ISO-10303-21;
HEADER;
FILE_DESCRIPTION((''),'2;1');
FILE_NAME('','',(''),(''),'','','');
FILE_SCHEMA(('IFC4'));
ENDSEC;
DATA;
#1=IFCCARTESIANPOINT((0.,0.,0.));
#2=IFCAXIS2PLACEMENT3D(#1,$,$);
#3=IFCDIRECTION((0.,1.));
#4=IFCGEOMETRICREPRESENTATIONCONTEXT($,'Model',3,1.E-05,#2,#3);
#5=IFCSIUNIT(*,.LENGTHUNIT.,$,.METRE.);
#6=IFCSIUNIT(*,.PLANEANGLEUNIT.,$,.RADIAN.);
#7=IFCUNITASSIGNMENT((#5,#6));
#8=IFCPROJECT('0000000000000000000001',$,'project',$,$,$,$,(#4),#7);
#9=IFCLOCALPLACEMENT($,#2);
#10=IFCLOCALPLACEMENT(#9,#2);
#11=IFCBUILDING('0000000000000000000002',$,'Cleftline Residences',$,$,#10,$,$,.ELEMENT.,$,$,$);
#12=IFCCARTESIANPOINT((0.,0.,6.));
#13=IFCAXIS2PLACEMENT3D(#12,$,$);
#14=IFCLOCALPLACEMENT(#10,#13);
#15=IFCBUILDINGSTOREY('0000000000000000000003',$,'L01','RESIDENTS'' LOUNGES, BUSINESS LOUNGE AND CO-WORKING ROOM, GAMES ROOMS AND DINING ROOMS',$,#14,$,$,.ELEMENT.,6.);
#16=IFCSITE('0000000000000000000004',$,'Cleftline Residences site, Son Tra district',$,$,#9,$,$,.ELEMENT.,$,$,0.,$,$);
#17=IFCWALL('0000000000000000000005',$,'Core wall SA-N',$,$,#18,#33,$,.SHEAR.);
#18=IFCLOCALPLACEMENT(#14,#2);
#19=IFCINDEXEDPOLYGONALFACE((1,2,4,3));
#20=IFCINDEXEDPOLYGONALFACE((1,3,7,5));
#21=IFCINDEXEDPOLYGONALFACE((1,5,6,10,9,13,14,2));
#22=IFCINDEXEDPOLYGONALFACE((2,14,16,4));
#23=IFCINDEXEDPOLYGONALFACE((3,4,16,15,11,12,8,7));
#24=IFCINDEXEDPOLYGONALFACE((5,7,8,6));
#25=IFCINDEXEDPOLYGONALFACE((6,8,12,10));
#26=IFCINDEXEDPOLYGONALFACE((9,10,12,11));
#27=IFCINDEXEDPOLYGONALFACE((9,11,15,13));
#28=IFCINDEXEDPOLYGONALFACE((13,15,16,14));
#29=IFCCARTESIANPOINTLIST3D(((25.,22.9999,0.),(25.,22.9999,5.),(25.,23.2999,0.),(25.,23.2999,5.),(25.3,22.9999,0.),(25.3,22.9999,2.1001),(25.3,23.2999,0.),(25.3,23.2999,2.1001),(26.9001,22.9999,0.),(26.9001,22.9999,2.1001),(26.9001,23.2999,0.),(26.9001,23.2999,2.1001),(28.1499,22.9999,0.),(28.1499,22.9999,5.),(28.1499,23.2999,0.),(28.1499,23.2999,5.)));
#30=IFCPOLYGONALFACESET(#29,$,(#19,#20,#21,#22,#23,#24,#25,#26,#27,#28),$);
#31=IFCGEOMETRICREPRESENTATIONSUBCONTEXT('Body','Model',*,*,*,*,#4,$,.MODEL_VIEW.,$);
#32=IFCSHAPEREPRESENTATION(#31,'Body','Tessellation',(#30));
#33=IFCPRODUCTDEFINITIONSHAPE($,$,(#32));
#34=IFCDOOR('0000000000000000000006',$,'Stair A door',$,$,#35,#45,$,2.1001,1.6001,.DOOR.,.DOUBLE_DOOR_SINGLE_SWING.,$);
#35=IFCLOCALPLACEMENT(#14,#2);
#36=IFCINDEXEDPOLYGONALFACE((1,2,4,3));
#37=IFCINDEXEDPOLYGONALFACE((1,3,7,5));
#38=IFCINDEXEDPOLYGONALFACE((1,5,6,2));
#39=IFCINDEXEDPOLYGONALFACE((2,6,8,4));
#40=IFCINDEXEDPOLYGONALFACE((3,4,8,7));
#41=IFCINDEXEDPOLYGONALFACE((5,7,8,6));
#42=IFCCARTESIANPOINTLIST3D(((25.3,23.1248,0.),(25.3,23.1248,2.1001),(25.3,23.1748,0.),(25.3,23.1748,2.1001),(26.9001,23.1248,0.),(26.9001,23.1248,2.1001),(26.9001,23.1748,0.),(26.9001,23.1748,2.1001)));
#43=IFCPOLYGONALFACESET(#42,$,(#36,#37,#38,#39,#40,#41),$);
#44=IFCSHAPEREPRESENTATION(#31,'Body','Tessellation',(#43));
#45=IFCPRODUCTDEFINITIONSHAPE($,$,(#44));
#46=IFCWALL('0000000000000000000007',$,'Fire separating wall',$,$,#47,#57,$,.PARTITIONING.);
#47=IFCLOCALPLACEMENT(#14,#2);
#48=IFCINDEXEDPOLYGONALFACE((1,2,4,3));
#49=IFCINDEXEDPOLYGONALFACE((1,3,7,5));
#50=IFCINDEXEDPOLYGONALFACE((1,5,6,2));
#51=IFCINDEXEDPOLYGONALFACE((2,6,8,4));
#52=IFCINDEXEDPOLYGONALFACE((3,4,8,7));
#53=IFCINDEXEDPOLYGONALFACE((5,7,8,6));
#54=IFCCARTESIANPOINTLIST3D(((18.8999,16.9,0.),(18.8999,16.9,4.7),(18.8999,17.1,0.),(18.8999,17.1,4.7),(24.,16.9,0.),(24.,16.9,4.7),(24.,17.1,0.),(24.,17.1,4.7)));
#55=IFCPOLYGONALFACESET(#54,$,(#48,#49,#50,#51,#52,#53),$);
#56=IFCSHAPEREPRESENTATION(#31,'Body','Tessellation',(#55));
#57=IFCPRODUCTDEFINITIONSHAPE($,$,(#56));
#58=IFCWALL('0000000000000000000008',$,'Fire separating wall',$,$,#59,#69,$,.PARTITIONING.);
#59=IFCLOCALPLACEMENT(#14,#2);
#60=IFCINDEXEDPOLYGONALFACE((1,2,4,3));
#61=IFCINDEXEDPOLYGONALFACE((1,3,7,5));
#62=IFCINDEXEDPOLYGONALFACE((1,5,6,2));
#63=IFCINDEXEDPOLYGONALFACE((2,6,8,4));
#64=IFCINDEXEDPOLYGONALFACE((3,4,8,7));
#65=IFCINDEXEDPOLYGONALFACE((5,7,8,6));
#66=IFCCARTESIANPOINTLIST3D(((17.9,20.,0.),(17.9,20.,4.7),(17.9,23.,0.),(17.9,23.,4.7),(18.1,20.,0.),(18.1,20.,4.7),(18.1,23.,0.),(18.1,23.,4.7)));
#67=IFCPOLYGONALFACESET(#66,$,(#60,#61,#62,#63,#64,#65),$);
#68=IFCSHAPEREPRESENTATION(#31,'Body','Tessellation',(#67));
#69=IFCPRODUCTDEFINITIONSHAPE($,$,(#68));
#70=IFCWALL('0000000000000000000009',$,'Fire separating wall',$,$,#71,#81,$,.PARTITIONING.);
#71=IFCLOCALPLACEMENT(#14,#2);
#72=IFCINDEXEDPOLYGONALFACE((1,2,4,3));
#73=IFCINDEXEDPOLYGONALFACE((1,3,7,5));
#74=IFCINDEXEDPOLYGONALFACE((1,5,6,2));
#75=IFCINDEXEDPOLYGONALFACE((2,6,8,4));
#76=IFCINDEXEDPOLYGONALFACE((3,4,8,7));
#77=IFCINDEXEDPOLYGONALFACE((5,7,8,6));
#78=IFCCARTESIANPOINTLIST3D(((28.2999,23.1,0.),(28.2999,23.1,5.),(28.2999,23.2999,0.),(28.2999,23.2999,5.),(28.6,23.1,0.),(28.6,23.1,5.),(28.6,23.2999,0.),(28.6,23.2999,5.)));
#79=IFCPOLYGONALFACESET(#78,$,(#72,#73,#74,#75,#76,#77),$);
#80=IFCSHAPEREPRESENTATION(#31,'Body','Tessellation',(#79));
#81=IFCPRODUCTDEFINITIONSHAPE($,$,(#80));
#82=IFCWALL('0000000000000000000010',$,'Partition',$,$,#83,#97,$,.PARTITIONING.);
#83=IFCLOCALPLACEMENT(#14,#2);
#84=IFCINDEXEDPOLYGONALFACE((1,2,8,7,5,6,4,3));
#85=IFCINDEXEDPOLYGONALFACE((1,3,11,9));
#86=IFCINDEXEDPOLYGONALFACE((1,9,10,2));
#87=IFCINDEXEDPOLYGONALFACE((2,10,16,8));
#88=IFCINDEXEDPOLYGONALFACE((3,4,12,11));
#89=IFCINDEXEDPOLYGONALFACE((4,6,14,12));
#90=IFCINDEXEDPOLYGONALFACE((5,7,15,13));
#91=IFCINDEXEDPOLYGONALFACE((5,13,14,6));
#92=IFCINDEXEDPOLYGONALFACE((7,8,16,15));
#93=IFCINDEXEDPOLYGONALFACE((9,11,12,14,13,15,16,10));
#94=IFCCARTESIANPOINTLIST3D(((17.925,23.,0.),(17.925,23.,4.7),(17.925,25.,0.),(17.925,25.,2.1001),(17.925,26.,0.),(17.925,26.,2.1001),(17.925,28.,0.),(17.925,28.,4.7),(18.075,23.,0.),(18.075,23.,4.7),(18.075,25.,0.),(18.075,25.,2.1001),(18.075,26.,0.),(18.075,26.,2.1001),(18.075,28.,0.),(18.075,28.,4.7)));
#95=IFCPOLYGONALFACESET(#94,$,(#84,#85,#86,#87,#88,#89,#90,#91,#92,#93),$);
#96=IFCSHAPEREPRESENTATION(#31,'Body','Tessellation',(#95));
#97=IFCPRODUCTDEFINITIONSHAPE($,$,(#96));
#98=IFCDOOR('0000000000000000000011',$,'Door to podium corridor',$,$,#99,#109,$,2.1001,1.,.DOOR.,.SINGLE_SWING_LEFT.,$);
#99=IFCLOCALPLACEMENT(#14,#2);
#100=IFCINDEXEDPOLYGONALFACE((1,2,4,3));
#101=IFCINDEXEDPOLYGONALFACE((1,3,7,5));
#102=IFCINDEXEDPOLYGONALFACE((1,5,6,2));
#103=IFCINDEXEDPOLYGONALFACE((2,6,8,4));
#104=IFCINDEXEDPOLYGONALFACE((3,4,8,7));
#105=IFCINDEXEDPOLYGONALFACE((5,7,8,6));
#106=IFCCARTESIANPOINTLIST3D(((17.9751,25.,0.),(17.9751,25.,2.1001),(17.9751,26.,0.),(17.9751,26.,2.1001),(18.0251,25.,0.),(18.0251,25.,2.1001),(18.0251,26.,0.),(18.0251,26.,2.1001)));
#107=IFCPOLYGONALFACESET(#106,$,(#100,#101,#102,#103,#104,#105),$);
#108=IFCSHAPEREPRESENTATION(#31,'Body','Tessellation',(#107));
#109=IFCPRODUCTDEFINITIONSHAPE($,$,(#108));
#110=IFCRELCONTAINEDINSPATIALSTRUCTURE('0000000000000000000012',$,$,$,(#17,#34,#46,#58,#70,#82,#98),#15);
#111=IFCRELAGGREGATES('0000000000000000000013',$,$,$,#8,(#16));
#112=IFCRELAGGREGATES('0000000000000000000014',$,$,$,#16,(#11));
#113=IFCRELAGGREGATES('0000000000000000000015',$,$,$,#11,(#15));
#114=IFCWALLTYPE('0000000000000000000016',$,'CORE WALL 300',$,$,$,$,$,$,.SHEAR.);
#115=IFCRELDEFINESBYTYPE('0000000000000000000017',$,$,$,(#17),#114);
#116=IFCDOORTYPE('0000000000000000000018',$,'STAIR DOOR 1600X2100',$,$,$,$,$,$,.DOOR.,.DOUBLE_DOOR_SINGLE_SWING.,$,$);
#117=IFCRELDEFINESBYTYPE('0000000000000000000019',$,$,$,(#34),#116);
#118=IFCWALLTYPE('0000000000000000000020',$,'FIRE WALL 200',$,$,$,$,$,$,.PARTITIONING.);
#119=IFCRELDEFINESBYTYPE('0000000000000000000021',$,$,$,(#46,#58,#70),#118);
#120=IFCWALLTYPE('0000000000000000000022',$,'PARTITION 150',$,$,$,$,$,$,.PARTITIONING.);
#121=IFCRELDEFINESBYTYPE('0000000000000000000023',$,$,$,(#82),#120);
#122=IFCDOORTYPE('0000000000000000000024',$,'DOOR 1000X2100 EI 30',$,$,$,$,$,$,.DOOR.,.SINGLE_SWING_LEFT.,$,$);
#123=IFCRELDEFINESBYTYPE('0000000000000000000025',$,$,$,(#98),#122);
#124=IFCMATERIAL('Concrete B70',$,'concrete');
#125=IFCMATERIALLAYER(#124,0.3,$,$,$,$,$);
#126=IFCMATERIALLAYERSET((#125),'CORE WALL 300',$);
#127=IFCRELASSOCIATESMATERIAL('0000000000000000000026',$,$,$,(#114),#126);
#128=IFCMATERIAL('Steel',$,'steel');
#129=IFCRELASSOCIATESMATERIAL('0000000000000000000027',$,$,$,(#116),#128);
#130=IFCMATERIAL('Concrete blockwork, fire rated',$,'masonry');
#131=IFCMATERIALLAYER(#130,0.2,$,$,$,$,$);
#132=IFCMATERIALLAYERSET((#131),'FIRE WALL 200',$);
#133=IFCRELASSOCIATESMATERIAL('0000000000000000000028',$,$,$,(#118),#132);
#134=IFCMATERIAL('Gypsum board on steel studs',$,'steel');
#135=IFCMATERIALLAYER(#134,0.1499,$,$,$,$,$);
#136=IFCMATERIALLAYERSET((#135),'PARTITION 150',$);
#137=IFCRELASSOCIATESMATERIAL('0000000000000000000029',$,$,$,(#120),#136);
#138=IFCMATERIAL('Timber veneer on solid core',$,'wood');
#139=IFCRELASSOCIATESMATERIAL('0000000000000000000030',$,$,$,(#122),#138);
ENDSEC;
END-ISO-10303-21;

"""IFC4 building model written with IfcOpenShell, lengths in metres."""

from ifc_helpers import new_model, si_unit, direction, frame, frame_2d, origin, place, context, subcontext, project, spatial, rectangle, extrude, material, layer, layer_set, type_object, element, fill, save


model = new_model("IFC4")

# Units and contexts
model_context = context("Model", 3, precision=1e-05, world=origin(), true_north=direction((0.0, 1.0)))
body_context = subcontext(model_context, "Body", "Model", "MODEL_VIEW")
ifc_project = project(units=[si_unit("LENGTHUNIT", "METRE"), si_unit("PLANEANGLEUNIT", "RADIAN")], contexts=[model_context])

# Site, building, storey
site_placement = place(None, origin())
site = spatial("IfcSite", under=ifc_project, at=site_placement, Name="Cleftline Residences site, Son Tra district", CompositionType="ELEMENT", RefElevation=0.0)
building_placement = place(site_placement, origin())
building = spatial("IfcBuilding", under=site, at=building_placement, Name="Cleftline Residences", CompositionType="ELEMENT")
storey_placement = place(building_placement, frame((0.0, 0.0, 6.0)))
storey = spatial("IfcBuildingStorey", under=building, at=storey_placement, Name="L01", Description="RESIDENTS' LOUNGES, BUSINESS LOUNGE AND CO-WORKING ROOM, GAMES ROOMS AND DINING ROOMS", CompositionType="ELEMENT", Elevation=6.0)

# Wall, opening, door
ifc_material_1 = material(Name="Concrete B70", Category="concrete")
ifc_layer_1 = layer(ifc_material_1, 0.3)
ifc_layer_set_1 = layer_set([ifc_layer_1], Name="CORE WALL 300")
wall_type_1 = type_object("IfcWallType", Name="CORE WALL 300", PredefinedType="SHEAR", material=ifc_layer_set_1)
wall_1_placement = place(storey_placement, frame((25.0, 23.1499, 0.0), z_axis=(0.0, 0.0, 1.0), x_axis=(1.0, 0.0, 0.0)))
wall_1 = element("IfcWall", 1, at=wall_1_placement, inside=storey, type_object=wall_type_1, Name="Core wall SA-N", PredefinedType="SHEAR", context=body_context, shape_type="SweptSolid", body=[
    extrude(rectangle(XDim=3.1499, YDim=0.3, at=frame_2d((1.575, 0.0))), origin(), (0.0, 0.0, 1.0), 5.0),
])
opening_1_placement = place(wall_1_placement, frame((0.3, 0.0, 0.0)))
opening_1 = element("IfcOpeningElement", 2, at=opening_1_placement, cuts=wall_1, PredefinedType="OPENING", context=body_context, shape_type="SweptSolid", body=[
    extrude(rectangle(XDim=1.6001, YDim=2.1001, at=frame_2d((0.8, 1.05))), frame((0.0, 0.1599, 0.0), z_axis=(0.0, -1.0, 0.0), x_axis=(1.0, 0.0, 0.0)), (0.0, 0.0, 1.0), 0.3201),
])
ifc_material_2 = material(Name="Steel", Category="steel")
door_type_1 = type_object("IfcDoorType", Name="STAIR DOOR 1600X2100", OperationType="DOUBLE_DOOR_SINGLE_SWING", PredefinedType="DOOR", material=ifc_material_2)
door_1_placement = place(opening_1_placement, origin())
door_1 = element("IfcDoor", 3, at=door_1_placement, inside=storey, type_object=door_type_1, Name="Stair A door", OperationType="DOUBLE_DOOR_SINGLE_SWING", OverallHeight=2.1001, OverallWidth=1.6001, PredefinedType="DOOR", context=body_context, shape_type="SweptSolid", body=[
    extrude(rectangle(XDim=1.6001, YDim=2.1001, at=frame_2d((0.8, 1.05))), frame((0.0, 0.0249, 0.0), z_axis=(0.0, -1.0, 0.0), x_axis=(1.0, 0.0, 0.0)), (0.0, 0.0, 1.0), 0.05),
])
fill(opening_1, door_1)

# Walls
ifc_material_3 = material(Name="Concrete blockwork, fire rated", Category="masonry")
ifc_layer_2 = layer(ifc_material_3, 0.2)
ifc_layer_set_2 = layer_set([ifc_layer_2], Name="FIRE WALL 200")
wall_type_2 = type_object("IfcWallType", Name="FIRE WALL 200", PredefinedType="PARTITIONING", material=ifc_layer_set_2)
wall_2_placement = place(storey_placement, frame((18.8999, 17.0, 0.0), z_axis=(0.0, 0.0, 1.0), x_axis=(1.0, 0.0, 0.0)))
element("IfcWall", 4, at=wall_2_placement, inside=storey, type_object=wall_type_2, Name="Fire separating wall", PredefinedType="PARTITIONING", context=body_context, shape_type="SweptSolid", body=[
    extrude(rectangle(XDim=5.1001, YDim=0.2, at=frame_2d((2.55, 0.0))), origin(), (0.0, 0.0, 1.0), 4.7),
])
wall_3_placement = place(storey_placement, frame((18.0, 20.0, 0.0), z_axis=(0.0, 0.0, 1.0), x_axis=(0.0, 1.0, 0.0)))
element("IfcWall", 5, at=wall_3_placement, inside=storey, type_object=wall_type_2, Name="Fire separating wall", PredefinedType="PARTITIONING", context=body_context, shape_type="SweptSolid", body=[
    extrude(rectangle(XDim=3.0, YDim=0.2, at=frame_2d((1.5, 0.0))), origin(), (0.0, 0.0, 1.0), 4.7),
])
wall_4_placement = place(storey_placement, frame((28.3, 23.2, 0.0), z_axis=(0.0, 0.0, 1.0), x_axis=(1.0, 0.0, 0.0)))
element("IfcWall", 6, at=wall_4_placement, inside=storey, type_object=wall_type_2, Name="Fire separating wall", PredefinedType="PARTITIONING", context=body_context, shape_type="SweptSolid", body=[
    extrude(rectangle(XDim=0.3, YDim=0.2, at=frame_2d((0.1499, 0.0))), origin(), (0.0, 0.0, 1.0), 5.0),
])

# Wall, opening, door
ifc_material_4 = material(Name="Gypsum board on steel studs", Category="steel")
ifc_layer_3 = layer(ifc_material_4, 0.1499)
ifc_layer_set_3 = layer_set([ifc_layer_3], Name="PARTITION 150")
wall_type_3 = type_object("IfcWallType", Name="PARTITION 150", PredefinedType="PARTITIONING", material=ifc_layer_set_3)
wall_5_placement = place(storey_placement, frame((18.0, 23.0, 0.0), z_axis=(0.0, 0.0, 1.0), x_axis=(0.0, 1.0, 0.0)))
wall_5 = element("IfcWall", 7, at=wall_5_placement, inside=storey, type_object=wall_type_3, Name="Partition", PredefinedType="PARTITIONING", context=body_context, shape_type="SweptSolid", body=[
    extrude(rectangle(XDim=5.0, YDim=0.1499, at=frame_2d((2.5, 0.0))), origin(), (0.0, 0.0, 1.0), 4.7),
])
opening_2_placement = place(wall_5_placement, frame((2.0, 0.0, 0.0)))
opening_2 = element("IfcOpeningElement", 8, at=opening_2_placement, cuts=wall_5, PredefinedType="OPENING", context=body_context, shape_type="SweptSolid", body=[
    extrude(rectangle(XDim=1.0, YDim=2.1001, at=frame_2d((0.5, 1.05))), frame((0.0, 0.085, 0.0), z_axis=(0.0, -1.0, 0.0), x_axis=(1.0, 0.0, 0.0)), (0.0, 0.0, 1.0), 0.1699),
])
ifc_material_5 = material(Name="Timber veneer on solid core", Category="wood")
door_type_2 = type_object("IfcDoorType", Name="DOOR 1000X2100 EI 30", OperationType="SINGLE_SWING_LEFT", PredefinedType="DOOR", material=ifc_material_5)
door_2_placement = place(opening_2_placement, origin())
door_2 = element("IfcDoor", 9, at=door_2_placement, inside=storey, type_object=door_type_2, Name="Door to podium corridor", OperationType="SINGLE_SWING_LEFT", OverallHeight=2.1001, OverallWidth=1.0, PredefinedType="DOOR", context=body_context, shape_type="SweptSolid", body=[
    extrude(rectangle(XDim=1.0, YDim=2.1001, at=frame_2d((0.5, 1.05))), frame((0.0, 0.0249, 0.0), z_axis=(0.0, -1.0, 0.0), x_axis=(1.0, 0.0, 0.0)), (0.0, 0.0, 1.0), 0.05),
])
fill(opening_2, door_2)

save(model, "model.ifc")
